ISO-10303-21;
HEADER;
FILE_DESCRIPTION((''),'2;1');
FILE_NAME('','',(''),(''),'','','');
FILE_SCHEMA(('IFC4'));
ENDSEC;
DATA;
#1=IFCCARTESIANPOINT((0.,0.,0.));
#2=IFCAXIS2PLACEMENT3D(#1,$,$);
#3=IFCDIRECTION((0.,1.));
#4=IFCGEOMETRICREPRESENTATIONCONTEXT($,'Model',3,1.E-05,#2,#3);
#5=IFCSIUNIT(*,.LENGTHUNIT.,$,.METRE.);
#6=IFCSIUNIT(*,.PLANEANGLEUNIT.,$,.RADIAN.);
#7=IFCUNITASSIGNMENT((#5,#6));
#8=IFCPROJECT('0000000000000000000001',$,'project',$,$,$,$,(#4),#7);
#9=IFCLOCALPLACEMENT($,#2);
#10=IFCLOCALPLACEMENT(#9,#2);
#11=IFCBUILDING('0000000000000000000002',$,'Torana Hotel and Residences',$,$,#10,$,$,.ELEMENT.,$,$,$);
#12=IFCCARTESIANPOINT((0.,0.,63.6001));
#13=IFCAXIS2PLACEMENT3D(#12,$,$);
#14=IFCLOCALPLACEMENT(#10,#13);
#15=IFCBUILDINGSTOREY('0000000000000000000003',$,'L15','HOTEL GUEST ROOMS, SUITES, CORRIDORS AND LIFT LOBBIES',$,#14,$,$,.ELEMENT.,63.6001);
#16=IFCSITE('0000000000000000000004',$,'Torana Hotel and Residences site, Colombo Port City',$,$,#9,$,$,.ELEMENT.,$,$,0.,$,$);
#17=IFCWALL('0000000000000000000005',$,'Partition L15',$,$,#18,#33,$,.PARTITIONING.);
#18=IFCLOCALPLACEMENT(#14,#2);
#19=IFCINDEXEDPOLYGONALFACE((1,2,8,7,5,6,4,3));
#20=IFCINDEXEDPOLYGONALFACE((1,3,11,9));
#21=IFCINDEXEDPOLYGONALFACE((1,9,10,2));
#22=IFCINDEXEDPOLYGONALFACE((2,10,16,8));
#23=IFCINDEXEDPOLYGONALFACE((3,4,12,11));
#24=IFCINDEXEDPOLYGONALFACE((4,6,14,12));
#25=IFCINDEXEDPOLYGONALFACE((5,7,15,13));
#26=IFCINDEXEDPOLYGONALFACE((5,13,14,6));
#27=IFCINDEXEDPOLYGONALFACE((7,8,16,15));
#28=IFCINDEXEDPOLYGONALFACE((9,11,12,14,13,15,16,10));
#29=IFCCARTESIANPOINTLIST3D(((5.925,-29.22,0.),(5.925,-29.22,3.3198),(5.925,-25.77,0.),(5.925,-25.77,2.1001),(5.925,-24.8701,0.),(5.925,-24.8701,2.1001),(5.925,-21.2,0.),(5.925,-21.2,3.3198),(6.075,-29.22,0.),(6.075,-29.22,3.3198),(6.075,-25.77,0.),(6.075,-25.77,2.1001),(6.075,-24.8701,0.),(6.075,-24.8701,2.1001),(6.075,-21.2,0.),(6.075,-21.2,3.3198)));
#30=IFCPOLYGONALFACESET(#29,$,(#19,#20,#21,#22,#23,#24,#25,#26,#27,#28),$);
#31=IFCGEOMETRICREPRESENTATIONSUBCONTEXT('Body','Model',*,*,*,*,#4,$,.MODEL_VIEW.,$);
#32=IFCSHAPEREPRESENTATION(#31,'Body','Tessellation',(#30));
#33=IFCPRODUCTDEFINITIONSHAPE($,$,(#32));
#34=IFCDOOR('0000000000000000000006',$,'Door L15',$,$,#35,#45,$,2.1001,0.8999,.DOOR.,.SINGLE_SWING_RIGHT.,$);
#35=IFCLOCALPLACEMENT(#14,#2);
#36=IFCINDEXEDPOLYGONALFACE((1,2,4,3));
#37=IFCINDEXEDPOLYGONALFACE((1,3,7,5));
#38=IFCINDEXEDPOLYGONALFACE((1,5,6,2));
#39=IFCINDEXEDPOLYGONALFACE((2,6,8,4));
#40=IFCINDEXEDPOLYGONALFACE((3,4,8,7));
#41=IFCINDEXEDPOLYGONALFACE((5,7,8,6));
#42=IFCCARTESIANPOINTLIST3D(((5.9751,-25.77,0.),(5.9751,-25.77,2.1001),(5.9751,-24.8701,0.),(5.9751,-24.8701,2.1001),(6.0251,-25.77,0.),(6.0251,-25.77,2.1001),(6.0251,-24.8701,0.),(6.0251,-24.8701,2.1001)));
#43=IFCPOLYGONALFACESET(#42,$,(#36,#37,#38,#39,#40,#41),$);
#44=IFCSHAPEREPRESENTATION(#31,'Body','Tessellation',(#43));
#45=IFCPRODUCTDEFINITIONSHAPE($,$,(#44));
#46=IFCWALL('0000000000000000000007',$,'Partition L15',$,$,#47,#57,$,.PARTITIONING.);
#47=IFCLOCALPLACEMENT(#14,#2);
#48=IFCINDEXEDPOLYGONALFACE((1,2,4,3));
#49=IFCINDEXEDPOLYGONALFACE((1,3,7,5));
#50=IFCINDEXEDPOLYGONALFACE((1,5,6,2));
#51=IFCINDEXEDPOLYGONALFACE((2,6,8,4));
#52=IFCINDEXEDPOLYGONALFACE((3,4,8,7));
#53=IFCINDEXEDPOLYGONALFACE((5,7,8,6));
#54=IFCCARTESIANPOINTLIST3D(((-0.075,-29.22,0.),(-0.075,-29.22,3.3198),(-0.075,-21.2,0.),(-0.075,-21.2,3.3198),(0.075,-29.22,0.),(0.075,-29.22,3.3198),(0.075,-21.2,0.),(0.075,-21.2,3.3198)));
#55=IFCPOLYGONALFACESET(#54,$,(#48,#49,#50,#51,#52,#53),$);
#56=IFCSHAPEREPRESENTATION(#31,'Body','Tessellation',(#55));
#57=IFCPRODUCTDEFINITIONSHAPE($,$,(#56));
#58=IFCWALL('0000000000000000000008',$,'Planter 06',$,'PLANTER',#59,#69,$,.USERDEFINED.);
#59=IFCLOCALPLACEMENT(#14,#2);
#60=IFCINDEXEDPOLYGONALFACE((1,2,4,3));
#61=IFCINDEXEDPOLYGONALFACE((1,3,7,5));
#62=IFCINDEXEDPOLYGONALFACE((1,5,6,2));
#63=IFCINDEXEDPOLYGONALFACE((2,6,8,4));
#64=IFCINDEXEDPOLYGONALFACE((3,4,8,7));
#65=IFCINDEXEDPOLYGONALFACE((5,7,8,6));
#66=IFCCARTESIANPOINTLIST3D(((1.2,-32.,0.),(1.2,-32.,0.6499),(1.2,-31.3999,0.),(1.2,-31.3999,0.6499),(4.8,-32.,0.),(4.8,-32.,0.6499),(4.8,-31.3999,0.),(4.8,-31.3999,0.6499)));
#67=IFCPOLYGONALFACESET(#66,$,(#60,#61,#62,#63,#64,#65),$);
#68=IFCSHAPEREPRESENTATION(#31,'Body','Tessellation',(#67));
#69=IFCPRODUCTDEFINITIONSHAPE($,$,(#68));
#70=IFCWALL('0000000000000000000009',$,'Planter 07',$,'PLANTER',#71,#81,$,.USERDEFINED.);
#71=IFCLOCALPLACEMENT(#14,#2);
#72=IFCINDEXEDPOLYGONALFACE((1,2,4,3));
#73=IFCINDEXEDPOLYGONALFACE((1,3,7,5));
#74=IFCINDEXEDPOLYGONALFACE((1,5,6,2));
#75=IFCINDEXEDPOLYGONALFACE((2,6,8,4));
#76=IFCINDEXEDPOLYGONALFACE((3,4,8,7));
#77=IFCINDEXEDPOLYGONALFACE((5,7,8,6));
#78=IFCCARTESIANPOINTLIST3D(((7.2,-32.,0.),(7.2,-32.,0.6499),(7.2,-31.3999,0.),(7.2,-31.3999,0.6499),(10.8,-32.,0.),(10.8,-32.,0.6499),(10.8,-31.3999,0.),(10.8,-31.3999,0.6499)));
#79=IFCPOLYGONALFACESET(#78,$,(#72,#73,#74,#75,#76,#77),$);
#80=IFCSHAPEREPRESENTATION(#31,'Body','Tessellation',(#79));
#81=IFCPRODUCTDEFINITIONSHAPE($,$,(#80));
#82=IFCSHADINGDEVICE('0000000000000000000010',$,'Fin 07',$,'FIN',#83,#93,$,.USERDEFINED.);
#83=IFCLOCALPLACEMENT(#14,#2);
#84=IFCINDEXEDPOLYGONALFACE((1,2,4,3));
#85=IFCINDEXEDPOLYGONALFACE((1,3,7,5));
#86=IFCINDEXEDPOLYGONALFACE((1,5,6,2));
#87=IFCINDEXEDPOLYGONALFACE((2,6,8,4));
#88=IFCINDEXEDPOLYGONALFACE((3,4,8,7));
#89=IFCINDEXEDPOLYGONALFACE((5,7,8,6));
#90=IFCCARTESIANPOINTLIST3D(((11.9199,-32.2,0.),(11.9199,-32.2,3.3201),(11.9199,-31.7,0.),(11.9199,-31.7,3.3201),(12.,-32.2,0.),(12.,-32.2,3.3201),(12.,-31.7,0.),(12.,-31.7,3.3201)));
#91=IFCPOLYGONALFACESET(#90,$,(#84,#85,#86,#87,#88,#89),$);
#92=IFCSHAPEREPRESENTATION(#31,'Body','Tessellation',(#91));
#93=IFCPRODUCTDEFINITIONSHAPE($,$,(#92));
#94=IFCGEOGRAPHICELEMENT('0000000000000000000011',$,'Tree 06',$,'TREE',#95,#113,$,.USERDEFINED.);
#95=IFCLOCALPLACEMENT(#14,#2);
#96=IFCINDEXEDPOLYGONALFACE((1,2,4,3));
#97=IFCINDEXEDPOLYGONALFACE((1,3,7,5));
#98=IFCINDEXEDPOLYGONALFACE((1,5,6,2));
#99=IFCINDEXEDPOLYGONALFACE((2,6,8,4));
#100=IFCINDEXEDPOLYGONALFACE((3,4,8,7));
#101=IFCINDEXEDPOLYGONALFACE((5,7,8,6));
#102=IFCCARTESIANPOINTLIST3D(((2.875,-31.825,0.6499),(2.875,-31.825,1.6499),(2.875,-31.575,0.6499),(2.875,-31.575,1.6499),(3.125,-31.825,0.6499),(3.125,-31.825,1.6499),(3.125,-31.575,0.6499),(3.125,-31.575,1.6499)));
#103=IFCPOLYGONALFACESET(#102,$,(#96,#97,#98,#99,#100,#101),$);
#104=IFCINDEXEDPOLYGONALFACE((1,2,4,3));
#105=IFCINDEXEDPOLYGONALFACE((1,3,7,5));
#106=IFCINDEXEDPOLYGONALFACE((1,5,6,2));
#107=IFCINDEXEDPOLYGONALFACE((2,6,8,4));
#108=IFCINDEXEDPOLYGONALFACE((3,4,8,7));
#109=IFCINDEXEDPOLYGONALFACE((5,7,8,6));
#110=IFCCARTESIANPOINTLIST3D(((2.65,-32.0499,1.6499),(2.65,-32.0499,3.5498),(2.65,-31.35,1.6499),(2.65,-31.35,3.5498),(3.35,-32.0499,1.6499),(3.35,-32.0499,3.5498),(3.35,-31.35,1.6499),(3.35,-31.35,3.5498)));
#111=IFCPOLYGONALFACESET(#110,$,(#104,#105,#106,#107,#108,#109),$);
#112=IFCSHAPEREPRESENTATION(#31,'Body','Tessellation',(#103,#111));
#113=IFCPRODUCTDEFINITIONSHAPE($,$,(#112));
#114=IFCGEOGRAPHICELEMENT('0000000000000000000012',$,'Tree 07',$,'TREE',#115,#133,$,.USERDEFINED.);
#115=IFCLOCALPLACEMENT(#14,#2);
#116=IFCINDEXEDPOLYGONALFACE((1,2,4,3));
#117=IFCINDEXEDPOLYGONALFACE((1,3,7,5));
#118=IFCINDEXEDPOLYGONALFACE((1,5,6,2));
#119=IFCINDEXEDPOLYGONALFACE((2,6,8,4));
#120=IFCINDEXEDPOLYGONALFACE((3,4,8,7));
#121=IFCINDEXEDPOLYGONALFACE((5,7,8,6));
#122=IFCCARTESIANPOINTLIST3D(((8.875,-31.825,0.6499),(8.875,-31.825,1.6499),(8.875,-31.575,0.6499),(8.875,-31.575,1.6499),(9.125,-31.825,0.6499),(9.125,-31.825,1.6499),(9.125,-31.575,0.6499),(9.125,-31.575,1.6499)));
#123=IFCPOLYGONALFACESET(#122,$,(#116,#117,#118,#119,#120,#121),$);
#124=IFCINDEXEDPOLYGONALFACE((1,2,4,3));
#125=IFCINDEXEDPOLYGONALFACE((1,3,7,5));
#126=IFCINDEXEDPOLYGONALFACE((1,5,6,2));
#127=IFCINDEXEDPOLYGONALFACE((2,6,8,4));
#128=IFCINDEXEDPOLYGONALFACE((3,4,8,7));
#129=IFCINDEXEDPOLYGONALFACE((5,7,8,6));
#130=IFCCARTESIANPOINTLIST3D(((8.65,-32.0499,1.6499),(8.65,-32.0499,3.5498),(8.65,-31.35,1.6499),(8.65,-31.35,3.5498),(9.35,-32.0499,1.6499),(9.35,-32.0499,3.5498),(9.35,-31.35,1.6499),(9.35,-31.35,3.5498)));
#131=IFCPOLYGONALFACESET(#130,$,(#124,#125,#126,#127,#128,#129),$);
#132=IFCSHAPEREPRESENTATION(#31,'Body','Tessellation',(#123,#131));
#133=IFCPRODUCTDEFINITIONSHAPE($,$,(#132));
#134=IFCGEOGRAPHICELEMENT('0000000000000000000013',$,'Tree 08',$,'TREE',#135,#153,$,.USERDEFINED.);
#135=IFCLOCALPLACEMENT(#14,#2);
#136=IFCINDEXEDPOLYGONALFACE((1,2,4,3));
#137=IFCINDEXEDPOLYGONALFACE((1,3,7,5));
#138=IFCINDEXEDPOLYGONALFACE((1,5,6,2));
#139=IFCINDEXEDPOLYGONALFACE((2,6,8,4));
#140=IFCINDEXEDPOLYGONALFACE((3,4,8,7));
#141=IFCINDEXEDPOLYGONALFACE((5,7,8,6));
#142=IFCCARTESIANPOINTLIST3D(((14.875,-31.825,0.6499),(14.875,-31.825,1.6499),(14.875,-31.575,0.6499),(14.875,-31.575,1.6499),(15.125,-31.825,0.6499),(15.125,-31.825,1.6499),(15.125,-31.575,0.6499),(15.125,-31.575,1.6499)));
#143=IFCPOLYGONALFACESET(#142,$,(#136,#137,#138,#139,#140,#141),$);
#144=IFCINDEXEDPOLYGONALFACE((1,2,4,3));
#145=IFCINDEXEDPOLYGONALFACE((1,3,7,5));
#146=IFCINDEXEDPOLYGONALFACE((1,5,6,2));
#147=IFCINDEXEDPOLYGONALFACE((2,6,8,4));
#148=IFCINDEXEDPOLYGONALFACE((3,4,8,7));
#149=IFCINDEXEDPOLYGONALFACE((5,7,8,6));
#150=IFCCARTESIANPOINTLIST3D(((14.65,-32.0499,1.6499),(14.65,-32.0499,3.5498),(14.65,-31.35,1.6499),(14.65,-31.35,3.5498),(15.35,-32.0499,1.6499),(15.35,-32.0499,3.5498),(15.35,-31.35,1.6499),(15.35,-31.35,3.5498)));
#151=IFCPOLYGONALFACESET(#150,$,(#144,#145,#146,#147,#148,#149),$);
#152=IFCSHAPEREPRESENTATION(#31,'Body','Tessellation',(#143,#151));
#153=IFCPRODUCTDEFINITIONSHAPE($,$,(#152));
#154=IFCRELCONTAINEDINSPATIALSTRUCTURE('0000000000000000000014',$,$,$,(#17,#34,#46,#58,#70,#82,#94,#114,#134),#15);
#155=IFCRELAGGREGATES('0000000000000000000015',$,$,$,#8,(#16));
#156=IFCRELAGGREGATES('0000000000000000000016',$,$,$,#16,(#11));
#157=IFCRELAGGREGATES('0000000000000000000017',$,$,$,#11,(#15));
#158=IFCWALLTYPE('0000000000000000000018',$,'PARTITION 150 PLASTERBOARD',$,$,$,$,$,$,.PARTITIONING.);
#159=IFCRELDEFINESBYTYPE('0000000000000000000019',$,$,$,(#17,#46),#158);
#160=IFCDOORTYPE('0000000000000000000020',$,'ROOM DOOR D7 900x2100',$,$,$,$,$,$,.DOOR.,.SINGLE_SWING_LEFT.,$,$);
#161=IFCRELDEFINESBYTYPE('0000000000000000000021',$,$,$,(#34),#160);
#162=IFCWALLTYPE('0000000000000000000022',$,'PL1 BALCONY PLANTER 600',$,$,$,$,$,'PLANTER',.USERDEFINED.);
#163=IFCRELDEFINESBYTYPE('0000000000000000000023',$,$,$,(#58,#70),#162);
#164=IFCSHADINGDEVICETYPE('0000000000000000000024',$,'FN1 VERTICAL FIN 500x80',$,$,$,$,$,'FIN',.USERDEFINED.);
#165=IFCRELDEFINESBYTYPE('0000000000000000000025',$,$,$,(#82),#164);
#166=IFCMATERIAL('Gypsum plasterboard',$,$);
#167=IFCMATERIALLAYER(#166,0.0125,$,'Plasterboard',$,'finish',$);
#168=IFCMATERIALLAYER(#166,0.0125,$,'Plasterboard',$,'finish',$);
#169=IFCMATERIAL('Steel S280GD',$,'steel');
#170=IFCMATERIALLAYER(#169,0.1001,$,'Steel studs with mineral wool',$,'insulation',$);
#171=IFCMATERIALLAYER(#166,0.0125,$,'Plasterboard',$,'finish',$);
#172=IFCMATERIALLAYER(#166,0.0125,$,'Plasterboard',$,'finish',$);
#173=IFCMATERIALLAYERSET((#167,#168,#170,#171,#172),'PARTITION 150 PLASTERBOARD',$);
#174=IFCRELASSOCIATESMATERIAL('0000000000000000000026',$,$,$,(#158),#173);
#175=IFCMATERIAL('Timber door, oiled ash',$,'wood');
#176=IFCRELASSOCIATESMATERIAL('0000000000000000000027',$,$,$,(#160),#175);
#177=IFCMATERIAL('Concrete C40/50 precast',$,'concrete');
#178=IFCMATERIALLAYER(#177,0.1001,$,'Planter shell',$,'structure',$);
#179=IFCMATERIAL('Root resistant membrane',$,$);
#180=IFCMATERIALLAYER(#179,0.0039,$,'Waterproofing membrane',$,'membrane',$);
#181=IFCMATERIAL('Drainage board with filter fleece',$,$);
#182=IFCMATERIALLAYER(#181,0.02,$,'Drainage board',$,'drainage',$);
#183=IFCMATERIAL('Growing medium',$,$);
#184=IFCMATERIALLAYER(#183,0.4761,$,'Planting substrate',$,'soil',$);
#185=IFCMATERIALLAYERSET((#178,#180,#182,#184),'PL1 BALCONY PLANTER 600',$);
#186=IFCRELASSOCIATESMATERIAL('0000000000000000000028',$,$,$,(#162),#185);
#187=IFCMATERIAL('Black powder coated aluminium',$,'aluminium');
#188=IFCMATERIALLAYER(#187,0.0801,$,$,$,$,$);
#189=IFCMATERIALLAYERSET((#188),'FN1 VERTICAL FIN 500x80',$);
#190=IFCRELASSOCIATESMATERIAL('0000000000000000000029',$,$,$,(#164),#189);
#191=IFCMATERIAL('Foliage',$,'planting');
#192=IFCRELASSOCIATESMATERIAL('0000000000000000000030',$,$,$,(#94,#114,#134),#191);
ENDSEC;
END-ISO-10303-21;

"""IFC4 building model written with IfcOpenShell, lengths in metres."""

from ifc_helpers import new_model, si_unit, direction, frame, frame_2d, origin, origin_2d, place, context, subcontext, project, spatial, rectangle, extrude, material, layer, layer_set, type_object, element, fill, save


model = new_model("IFC4")

# Units and contexts
model_context = context("Model", 3, precision=1e-05, world=origin(), true_north=direction((0.0, 1.0)))
body_context = subcontext(model_context, "Body", "Model", "MODEL_VIEW")
ifc_project = project(units=[si_unit("LENGTHUNIT", "METRE"), si_unit("PLANEANGLEUNIT", "RADIAN")], contexts=[model_context])

# Site, building, storey
site_placement = place(None, origin())
site = spatial("IfcSite", under=ifc_project, at=site_placement, Name="Torana Hotel and Residences site, Colombo Port City", CompositionType="ELEMENT", RefElevation=0.0)
building_placement = place(site_placement, origin())
building = spatial("IfcBuilding", under=site, at=building_placement, Name="Torana Hotel and Residences", CompositionType="ELEMENT")
storey_placement = place(building_placement, frame((0.0, 0.0, 63.6001)))
storey = spatial("IfcBuildingStorey", under=building, at=storey_placement, Name="L15", Description="HOTEL GUEST ROOMS, SUITES, CORRIDORS AND LIFT LOBBIES", CompositionType="ELEMENT", Elevation=63.6001)

# Shared definitions
ifc_material_1 = material(Name="Gypsum plasterboard")
ifc_layer_1 = layer(ifc_material_1, 0.0125, Name="Plasterboard", Category="finish")
ifc_layer_2 = layer(ifc_material_1, 0.0125, Name="Plasterboard", Category="finish")
ifc_material_2 = material(Name="Steel S280GD", Category="steel")
ifc_layer_3 = layer(ifc_material_2, 0.1001, Name="Steel studs with mineral wool", Category="insulation")
ifc_layer_4 = layer(ifc_material_1, 0.0125, Name="Plasterboard", Category="finish")
ifc_layer_5 = layer(ifc_material_1, 0.0125, Name="Plasterboard", Category="finish")
ifc_layer_set_1 = layer_set([ifc_layer_1, ifc_layer_2, ifc_layer_3, ifc_layer_4, ifc_layer_5], Name="PARTITION 150 PLASTERBOARD")
wall_type_1 = type_object("IfcWallType", Name="PARTITION 150 PLASTERBOARD", PredefinedType="PARTITIONING", material=ifc_layer_set_1)

# Wall, opening, door
wall_1_placement = place(storey_placement, frame((6.0, -29.22, 0.0), z_axis=(0.0, 0.0, 1.0), x_axis=(0.0, 1.0, 0.0)))
wall_1 = element("IfcWall", 1, at=wall_1_placement, inside=storey, type_object=wall_type_1, Name="Partition L15", PredefinedType="PARTITIONING", context=body_context, shape_type="SweptSolid", body=[
    extrude(rectangle(XDim=8.02, YDim=0.1499, at=frame_2d((4.01, 0.0))), origin(), (0.0, 0.0, 1.0), 3.3198),
])
opening_1_placement = place(wall_1_placement, frame((3.45, 0.0, 0.0)))
opening_1 = element("IfcOpeningElement", 2, at=opening_1_placement, cuts=wall_1, PredefinedType="OPENING", context=body_context, shape_type="SweptSolid", body=[
    extrude(rectangle(XDim=0.8999, YDim=2.1001, at=frame_2d((0.45, 1.05))), frame((0.0, 0.085, 0.0), z_axis=(0.0, -1.0, 0.0), x_axis=(1.0, 0.0, 0.0)), (0.0, 0.0, 1.0), 0.1699),
])
ifc_material_3 = material(Name="Timber door, oiled ash", Category="wood")
door_type_1 = type_object("IfcDoorType", Name="ROOM DOOR D7 900x2100", OperationType="SINGLE_SWING_LEFT", PredefinedType="DOOR", material=ifc_material_3)
door_1_placement = place(opening_1_placement, origin())
door_1 = element("IfcDoor", 3, at=door_1_placement, inside=storey, type_object=door_type_1, Name="Door L15", OperationType="SINGLE_SWING_RIGHT", OverallHeight=2.1001, OverallWidth=0.8999, PredefinedType="DOOR", context=body_context, shape_type="SweptSolid", body=[
    extrude(rectangle(XDim=0.8999, YDim=2.1001, at=frame_2d((0.45, 1.05))), frame((0.0, 0.0249, 0.0), z_axis=(0.0, -1.0, 0.0), x_axis=(1.0, 0.0, 0.0)), (0.0, 0.0, 1.0), 0.05),
])
fill(opening_1, door_1)

# Walls
wall_2_placement = place(storey_placement, frame((0.0, -29.22, 0.0), z_axis=(0.0, 0.0, 1.0), x_axis=(0.0, 1.0, 0.0)))
element("IfcWall", 4, at=wall_2_placement, inside=storey, type_object=wall_type_1, Name="Partition L15", PredefinedType="PARTITIONING", context=body_context, shape_type="SweptSolid", body=[
    extrude(rectangle(XDim=8.02, YDim=0.1499, at=frame_2d((4.01, 0.0))), origin(), (0.0, 0.0, 1.0), 3.3198),
])
ifc_material_4 = material(Name="Concrete C40/50 precast", Category="concrete")
ifc_layer_6 = layer(ifc_material_4, 0.1001, Name="Planter shell", Category="structure")
ifc_material_5 = material(Name="Root resistant membrane")
ifc_layer_7 = layer(ifc_material_5, 0.0039, Name="Waterproofing membrane", Category="membrane")
ifc_material_6 = material(Name="Drainage board with filter fleece")
ifc_layer_8 = layer(ifc_material_6, 0.02, Name="Drainage board", Category="drainage")
ifc_material_7 = material(Name="Growing medium")
ifc_layer_9 = layer(ifc_material_7, 0.4761, Name="Planting substrate", Category="soil")
ifc_layer_set_2 = layer_set([ifc_layer_6, ifc_layer_7, ifc_layer_8, ifc_layer_9], Name="PL1 BALCONY PLANTER 600")
wall_type_2 = type_object("IfcWallType", Name="PL1 BALCONY PLANTER 600", ElementType="PLANTER", PredefinedType="USERDEFINED", material=ifc_layer_set_2)
for number, where, z_axis, x_axis, name in (
    (5, (4.8, -31.7, 0.0), (0.0, 0.0, 1.0), (-1.0, 0.0, 0.0), "Planter 06"),
    (6, (10.8, -31.7, 0.0), (0.0, 0.0, 1.0), (-1.0, 0.0, 0.0), "Planter 07"),
):
    element("IfcWall", number, at=place(storey_placement, frame(where, z_axis=z_axis, x_axis=x_axis)), inside=storey, type_object=wall_type_2, Name=name, ObjectType="PLANTER", PredefinedType="USERDEFINED", context=body_context, shape_type="SweptSolid", body=[
        extrude(rectangle(XDim=3.6001, YDim=0.6001, at=frame_2d((1.8, 0.0))), origin(), (0.0, 0.0, 1.0), 0.6499),
    ])

# Shading device
ifc_material_8 = material(Name="Black powder coated aluminium", Category="aluminium")
ifc_layer_10 = layer(ifc_material_8, 0.0801)
ifc_layer_set_3 = layer_set([ifc_layer_10], Name="FN1 VERTICAL FIN 500x80")
shading_device_type = type_object("IfcShadingDeviceType", Name="FN1 VERTICAL FIN 500x80", ElementType="FIN", PredefinedType="USERDEFINED", material=ifc_layer_set_3)
shading_device_placement = place(storey_placement, frame((11.96, -31.95, 0.0), z_axis=(0.0, 0.0, 1.0), x_axis=(-1.0, 0.0, 0.0)))
element("IfcShadingDevice", 7, at=shading_device_placement, inside=storey, type_object=shading_device_type, Name="Fin 07", ObjectType="FIN", PredefinedType="USERDEFINED", context=body_context, shape_type="SweptSolid", body=[
    extrude(rectangle(XDim=0.0801, YDim=0.5, at=origin_2d()), origin(), (0.0, 0.0, 1.0), 3.3201),
])

# Geographic elements
ifc_material_9 = material(Name="Foliage", Category="planting")
for number, where, z_axis, x_axis, name in (
    (8, (3.0, -31.7, 0.6499), (0.0, 0.0, 1.0), (1.0, 0.0, 0.0), "Tree 06"),
    (9, (9.0, -31.7, 0.6499), (0.0, 0.0, 1.0), (1.0, 0.0, 0.0), "Tree 07"),
    (10, (15.0, -31.7, 0.6499), (0.0, 0.0, 1.0), (1.0, 0.0, 0.0), "Tree 08"),
):
    element("IfcGeographicElement", number, at=place(storey_placement, frame(where, z_axis=z_axis, x_axis=x_axis)), inside=storey, material=ifc_material_9, Name=name, ObjectType="TREE", PredefinedType="USERDEFINED", context=body_context, shape_type="SweptSolid", body=[
        extrude(rectangle(XDim=0.25, YDim=0.25, at=origin_2d()), origin(), (0.0, 0.0, 1.0), 1.0),
        extrude(rectangle(XDim=0.7, YDim=0.7, at=origin_2d()), frame((0.0, 0.0, 1.0)), (0.0, 0.0, 1.0), 1.8999),
    ])

save(model, "model.ifc")
